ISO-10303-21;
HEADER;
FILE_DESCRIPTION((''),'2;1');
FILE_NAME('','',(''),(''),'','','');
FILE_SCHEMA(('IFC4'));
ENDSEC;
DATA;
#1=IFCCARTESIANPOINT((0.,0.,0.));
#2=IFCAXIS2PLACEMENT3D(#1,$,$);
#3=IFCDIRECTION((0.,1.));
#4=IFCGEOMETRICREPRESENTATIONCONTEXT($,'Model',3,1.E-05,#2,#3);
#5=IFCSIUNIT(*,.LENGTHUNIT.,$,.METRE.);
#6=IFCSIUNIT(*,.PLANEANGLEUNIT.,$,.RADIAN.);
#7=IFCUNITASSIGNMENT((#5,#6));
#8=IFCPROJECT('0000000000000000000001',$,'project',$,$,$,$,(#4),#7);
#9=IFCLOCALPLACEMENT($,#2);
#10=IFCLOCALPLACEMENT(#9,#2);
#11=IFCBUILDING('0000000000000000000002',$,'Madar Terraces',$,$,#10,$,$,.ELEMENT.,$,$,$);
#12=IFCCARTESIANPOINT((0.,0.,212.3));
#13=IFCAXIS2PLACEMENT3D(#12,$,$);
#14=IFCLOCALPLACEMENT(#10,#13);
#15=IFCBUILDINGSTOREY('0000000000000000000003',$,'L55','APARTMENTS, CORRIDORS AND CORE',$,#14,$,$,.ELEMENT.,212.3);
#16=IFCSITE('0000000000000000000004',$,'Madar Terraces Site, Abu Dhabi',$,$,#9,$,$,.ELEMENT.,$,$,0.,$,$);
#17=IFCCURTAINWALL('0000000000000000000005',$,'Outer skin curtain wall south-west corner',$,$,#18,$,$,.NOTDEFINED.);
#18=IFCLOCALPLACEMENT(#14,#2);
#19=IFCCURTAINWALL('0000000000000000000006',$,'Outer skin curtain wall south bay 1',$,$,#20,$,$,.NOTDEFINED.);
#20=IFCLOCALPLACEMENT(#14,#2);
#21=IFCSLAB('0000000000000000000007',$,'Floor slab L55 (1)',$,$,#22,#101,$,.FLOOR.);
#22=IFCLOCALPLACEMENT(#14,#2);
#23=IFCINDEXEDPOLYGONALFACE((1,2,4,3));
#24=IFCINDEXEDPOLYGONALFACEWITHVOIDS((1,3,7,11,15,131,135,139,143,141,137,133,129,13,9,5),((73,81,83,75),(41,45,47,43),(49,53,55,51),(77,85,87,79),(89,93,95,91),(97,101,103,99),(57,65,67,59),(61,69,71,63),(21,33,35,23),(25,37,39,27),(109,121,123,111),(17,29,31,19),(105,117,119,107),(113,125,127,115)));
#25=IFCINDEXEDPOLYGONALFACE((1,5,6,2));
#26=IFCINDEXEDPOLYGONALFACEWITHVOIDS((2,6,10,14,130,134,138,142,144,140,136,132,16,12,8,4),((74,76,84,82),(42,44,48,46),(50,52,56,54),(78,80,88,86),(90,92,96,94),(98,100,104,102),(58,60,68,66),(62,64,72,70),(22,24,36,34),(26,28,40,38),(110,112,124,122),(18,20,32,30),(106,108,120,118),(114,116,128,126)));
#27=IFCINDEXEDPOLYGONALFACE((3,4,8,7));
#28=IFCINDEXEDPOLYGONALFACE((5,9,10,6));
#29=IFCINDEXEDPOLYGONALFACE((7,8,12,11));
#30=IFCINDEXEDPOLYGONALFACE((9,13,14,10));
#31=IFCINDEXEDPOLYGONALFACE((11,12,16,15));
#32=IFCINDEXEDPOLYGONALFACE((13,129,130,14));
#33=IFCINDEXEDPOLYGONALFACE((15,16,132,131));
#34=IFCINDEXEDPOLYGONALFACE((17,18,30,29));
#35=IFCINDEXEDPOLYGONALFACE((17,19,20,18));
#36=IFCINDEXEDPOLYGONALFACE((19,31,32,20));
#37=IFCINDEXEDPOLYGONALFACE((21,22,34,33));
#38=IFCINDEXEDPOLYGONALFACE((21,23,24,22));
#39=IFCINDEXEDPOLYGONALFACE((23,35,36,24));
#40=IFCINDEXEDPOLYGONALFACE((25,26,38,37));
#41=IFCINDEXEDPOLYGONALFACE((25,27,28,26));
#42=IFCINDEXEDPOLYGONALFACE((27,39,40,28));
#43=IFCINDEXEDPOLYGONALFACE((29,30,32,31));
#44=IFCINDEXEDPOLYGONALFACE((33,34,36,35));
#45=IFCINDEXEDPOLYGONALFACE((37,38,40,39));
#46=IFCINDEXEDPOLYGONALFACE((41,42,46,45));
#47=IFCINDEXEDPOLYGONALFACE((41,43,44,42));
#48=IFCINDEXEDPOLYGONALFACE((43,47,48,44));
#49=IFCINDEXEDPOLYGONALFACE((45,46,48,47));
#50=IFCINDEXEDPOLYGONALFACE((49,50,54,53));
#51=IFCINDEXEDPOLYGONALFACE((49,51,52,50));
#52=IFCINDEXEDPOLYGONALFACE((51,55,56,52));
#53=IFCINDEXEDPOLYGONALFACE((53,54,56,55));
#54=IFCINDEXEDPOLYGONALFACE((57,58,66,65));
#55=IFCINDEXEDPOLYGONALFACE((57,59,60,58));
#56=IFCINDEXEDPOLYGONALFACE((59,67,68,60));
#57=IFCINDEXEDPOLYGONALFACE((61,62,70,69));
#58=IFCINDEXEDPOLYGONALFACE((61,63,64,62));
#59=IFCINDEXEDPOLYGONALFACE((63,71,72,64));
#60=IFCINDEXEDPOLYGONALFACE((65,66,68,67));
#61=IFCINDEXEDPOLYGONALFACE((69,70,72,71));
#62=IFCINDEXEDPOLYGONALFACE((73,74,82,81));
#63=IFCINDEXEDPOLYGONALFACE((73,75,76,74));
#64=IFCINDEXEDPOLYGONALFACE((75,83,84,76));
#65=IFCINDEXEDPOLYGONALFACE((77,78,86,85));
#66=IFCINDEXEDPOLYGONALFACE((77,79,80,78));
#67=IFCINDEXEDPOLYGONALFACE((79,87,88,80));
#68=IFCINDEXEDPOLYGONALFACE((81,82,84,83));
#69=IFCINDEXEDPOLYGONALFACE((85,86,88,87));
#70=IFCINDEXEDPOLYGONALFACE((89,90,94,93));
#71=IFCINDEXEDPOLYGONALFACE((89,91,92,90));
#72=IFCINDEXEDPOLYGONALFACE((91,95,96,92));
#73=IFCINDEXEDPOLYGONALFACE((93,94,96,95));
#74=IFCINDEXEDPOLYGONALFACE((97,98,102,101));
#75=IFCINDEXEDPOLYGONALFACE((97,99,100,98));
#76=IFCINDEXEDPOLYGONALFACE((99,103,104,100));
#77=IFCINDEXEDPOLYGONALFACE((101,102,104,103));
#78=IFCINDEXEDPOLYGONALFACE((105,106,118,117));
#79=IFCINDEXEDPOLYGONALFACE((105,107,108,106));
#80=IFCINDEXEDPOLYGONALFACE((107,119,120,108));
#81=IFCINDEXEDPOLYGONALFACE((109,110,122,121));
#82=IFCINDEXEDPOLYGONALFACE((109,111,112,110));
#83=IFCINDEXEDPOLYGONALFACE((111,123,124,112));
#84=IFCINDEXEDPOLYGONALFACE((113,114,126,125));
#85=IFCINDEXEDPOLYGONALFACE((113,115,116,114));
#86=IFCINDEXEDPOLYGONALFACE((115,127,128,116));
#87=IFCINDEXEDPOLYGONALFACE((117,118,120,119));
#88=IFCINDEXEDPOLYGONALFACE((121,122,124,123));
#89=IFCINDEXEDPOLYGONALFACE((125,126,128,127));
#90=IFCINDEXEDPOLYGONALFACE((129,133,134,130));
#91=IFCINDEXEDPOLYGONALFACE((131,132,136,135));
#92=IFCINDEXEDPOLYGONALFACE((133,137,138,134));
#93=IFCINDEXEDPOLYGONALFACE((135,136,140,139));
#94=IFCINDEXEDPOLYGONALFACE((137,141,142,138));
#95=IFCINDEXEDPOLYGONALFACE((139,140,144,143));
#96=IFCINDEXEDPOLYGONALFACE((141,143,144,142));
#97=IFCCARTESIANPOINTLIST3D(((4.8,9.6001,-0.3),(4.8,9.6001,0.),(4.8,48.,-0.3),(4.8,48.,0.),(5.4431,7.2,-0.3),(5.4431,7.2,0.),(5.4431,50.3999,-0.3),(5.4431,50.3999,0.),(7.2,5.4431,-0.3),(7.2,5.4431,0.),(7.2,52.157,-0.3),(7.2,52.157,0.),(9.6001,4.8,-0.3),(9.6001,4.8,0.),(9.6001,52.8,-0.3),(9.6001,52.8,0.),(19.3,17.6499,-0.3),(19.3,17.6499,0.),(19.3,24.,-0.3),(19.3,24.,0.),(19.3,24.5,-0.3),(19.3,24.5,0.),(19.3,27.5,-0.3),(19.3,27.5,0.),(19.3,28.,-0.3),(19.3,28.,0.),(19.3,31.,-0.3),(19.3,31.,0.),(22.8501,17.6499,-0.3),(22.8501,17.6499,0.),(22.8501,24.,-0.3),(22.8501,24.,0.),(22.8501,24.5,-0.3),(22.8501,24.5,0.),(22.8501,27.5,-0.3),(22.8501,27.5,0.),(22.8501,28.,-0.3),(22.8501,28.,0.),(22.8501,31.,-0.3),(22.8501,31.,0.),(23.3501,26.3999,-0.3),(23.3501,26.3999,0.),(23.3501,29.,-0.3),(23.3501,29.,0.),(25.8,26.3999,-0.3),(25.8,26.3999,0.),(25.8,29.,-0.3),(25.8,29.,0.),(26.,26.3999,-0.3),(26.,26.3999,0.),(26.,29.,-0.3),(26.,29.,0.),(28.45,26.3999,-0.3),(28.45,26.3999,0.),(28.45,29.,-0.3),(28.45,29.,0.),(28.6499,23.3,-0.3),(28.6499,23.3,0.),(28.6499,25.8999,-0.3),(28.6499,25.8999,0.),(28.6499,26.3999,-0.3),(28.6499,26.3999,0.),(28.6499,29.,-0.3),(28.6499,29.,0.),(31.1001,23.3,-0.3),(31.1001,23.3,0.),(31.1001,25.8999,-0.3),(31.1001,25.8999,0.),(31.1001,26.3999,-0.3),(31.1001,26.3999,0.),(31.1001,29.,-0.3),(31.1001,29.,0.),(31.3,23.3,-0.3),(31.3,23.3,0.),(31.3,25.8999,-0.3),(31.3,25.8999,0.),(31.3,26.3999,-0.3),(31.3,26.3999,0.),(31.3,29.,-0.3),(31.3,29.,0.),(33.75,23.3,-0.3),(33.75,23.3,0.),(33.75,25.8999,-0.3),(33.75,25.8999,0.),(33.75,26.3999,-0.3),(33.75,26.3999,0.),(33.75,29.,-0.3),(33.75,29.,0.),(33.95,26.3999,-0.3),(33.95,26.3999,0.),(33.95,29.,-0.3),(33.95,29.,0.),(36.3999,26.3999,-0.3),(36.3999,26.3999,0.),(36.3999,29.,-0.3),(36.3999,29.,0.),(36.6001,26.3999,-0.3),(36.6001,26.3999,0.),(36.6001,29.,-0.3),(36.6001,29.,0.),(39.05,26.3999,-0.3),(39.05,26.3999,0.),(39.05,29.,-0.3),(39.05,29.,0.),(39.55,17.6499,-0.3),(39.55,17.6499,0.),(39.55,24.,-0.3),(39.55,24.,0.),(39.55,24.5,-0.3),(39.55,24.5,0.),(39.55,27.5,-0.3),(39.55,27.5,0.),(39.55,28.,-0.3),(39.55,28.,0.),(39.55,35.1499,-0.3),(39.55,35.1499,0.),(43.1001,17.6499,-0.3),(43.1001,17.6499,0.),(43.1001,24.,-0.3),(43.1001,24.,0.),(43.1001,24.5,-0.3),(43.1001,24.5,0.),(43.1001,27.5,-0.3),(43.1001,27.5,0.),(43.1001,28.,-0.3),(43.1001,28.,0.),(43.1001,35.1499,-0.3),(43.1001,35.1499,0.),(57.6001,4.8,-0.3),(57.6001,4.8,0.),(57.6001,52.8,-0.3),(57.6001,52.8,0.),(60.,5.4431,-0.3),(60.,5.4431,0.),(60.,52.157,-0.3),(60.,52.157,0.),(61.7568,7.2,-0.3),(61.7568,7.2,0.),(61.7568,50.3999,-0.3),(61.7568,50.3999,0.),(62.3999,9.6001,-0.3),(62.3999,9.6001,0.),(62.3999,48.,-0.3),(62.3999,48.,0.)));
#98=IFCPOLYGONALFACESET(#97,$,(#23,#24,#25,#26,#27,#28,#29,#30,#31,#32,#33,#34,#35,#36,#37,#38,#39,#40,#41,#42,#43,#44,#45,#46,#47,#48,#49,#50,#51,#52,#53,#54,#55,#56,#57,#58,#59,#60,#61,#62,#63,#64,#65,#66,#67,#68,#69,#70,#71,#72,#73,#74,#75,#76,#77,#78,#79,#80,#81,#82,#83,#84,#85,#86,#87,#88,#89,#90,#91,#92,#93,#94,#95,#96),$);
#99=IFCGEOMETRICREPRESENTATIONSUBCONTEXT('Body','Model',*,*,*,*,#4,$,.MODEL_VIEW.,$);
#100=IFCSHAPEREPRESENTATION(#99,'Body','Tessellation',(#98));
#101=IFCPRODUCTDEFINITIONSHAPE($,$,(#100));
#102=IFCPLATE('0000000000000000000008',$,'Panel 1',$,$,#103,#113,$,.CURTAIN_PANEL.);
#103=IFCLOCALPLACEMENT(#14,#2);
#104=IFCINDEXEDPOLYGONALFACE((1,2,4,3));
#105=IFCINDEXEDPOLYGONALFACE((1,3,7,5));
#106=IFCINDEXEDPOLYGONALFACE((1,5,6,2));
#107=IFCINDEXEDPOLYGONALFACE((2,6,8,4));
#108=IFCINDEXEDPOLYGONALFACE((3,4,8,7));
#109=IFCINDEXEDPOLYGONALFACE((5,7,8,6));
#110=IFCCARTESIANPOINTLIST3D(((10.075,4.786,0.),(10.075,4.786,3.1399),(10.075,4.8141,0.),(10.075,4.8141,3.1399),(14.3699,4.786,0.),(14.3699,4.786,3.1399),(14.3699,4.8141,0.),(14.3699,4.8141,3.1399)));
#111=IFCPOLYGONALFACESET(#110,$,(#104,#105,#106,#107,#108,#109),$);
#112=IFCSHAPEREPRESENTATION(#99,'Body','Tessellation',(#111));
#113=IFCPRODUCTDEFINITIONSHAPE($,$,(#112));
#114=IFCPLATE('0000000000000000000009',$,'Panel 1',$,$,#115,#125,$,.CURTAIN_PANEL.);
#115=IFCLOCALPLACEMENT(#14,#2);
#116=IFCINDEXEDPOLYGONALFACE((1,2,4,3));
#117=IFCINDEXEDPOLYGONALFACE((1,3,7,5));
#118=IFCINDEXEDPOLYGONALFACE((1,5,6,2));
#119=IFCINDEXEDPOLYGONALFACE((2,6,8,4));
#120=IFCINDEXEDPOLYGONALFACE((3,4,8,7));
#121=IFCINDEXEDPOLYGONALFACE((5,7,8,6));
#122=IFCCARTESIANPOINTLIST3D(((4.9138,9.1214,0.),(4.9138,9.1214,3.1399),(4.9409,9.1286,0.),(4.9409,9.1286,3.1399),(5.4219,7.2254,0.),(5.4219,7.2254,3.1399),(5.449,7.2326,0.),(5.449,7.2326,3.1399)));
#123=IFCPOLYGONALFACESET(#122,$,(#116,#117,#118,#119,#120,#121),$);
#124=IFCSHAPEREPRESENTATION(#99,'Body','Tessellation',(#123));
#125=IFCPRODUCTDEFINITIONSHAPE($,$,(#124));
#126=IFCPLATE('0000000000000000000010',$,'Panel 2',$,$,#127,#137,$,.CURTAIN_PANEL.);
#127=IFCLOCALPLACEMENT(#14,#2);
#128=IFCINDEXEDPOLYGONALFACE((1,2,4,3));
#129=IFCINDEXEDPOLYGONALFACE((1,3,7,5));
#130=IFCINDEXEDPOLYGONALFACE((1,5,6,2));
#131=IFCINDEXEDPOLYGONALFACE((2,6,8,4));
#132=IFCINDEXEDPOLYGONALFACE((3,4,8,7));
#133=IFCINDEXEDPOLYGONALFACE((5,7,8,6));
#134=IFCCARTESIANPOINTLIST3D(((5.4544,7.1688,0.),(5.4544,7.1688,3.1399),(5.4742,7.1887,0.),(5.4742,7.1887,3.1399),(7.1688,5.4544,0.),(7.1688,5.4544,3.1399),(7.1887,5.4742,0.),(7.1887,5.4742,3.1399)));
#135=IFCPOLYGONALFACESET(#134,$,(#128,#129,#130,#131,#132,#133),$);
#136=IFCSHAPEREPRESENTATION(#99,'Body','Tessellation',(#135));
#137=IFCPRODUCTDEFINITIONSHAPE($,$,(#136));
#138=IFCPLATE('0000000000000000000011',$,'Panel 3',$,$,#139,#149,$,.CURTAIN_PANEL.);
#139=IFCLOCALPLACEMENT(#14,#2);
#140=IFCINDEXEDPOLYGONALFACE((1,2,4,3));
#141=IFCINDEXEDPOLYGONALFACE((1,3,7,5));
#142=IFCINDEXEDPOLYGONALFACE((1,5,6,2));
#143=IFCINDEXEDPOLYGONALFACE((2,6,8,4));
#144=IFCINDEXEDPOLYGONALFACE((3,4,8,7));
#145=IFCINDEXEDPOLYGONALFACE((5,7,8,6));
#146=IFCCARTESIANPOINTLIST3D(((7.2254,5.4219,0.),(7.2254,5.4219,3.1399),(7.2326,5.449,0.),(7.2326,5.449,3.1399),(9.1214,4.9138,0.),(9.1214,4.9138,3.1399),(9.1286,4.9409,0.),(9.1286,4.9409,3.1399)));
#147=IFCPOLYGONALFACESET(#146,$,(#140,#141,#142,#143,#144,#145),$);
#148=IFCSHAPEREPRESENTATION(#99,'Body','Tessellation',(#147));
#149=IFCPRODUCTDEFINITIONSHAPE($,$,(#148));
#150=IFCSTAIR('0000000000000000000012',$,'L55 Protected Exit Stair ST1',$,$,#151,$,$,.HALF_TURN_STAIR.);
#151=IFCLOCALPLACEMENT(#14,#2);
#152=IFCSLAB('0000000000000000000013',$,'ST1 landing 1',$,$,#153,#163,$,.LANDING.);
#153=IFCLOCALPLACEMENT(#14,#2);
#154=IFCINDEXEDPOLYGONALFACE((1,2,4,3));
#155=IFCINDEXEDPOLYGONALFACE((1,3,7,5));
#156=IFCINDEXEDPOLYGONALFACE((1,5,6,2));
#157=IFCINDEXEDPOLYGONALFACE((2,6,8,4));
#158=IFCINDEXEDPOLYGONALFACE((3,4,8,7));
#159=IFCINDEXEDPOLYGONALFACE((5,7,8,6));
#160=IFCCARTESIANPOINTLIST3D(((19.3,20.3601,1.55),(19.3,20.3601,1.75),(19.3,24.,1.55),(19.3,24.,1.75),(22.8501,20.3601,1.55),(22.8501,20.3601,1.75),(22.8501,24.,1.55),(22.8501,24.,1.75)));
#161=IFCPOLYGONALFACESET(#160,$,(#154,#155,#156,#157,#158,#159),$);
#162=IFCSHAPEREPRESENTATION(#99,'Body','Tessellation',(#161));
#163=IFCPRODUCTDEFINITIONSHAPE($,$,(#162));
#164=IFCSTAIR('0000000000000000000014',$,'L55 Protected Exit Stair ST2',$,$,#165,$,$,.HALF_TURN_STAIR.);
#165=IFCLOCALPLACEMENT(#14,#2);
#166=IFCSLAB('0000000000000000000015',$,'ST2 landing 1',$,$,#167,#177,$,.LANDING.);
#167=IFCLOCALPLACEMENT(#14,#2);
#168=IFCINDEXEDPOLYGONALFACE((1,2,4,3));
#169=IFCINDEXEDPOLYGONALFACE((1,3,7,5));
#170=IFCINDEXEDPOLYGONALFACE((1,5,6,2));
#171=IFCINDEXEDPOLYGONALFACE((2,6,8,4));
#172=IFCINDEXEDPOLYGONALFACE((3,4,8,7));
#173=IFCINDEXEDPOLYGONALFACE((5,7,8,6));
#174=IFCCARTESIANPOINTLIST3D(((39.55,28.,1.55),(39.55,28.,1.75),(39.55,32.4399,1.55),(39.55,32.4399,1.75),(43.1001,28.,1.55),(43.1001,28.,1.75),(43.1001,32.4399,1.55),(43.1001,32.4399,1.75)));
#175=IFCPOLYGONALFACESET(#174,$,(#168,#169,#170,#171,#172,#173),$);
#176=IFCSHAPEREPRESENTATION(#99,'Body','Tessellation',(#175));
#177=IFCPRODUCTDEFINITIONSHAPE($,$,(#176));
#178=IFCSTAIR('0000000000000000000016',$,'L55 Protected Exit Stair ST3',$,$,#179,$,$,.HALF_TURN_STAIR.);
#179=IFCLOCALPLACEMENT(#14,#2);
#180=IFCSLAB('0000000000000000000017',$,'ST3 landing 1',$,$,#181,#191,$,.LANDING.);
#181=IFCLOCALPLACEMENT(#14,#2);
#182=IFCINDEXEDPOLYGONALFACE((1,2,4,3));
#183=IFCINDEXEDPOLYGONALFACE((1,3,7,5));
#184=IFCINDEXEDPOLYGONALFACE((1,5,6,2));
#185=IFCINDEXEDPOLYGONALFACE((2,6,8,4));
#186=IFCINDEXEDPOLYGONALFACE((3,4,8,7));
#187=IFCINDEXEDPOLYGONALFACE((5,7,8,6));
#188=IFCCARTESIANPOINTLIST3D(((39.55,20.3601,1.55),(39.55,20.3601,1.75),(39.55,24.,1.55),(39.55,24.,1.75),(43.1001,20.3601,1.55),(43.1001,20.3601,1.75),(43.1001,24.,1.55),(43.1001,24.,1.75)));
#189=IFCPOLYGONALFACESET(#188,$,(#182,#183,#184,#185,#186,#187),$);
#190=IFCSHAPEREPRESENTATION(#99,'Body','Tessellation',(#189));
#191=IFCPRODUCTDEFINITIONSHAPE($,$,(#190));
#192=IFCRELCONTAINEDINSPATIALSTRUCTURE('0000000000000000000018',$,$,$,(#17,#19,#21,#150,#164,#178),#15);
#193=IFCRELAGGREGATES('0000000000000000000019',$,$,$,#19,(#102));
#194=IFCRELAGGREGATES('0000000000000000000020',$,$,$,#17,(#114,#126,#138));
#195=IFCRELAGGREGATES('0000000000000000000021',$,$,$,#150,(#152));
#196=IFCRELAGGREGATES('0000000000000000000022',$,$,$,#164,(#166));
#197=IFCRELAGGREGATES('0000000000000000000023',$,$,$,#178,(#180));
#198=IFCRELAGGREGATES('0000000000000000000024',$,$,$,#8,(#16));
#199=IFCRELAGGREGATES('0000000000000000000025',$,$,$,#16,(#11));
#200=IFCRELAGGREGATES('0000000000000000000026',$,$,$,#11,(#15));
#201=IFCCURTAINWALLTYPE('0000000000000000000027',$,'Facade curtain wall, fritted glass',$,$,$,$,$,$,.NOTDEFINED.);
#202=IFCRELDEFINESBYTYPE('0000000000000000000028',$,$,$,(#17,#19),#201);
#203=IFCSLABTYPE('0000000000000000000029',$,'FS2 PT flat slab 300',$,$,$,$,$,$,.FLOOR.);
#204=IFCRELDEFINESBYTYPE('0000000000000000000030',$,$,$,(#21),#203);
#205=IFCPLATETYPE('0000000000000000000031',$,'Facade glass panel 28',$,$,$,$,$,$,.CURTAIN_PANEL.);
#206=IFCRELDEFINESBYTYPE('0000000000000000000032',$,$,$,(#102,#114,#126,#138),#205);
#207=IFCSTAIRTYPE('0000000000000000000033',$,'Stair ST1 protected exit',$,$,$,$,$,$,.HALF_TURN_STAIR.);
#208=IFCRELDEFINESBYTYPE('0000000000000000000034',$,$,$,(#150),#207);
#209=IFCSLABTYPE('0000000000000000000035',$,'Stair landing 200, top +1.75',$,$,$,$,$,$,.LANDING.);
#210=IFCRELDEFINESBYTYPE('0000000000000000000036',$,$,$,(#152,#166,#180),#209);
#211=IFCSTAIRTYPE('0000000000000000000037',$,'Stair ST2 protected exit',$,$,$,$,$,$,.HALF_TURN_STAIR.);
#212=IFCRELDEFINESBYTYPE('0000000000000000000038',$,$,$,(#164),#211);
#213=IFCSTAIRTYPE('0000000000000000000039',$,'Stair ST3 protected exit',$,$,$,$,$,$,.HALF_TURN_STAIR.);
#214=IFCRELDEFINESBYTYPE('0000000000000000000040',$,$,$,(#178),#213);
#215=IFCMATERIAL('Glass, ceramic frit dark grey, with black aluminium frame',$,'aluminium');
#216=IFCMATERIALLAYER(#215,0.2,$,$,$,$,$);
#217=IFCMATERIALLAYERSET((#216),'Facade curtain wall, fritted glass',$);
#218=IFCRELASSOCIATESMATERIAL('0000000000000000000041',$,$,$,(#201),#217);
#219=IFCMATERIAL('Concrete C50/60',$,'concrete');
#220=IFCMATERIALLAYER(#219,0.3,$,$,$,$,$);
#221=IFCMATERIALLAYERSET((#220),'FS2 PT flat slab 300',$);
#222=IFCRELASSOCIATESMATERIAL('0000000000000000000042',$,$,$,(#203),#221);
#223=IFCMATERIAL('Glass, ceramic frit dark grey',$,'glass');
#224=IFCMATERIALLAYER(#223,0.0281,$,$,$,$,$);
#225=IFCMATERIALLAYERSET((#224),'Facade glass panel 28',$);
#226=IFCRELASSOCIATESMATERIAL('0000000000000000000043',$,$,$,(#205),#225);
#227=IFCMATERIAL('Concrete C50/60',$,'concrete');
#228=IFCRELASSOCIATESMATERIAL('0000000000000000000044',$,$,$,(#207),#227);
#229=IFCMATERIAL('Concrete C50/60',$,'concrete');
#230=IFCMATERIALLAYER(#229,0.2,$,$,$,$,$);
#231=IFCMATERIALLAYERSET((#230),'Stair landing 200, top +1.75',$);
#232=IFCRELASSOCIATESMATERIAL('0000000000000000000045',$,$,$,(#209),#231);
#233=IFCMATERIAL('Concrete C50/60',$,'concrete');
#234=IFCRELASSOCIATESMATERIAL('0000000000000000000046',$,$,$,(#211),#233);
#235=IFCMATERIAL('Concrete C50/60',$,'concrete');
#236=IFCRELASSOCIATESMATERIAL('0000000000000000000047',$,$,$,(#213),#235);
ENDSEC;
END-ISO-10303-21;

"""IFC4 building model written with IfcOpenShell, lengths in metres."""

from ifc_helpers import new_model, si_unit, direction, frame, origin, origin_2d, place, context, subcontext, project, spatial, polyline, rectangle, outline, extrude, material, layer, layer_set, type_object, element, aggregate, save


model = new_model("IFC4")

# Units and contexts
model_context = context("Model", 3, precision=1e-05, world=origin(), true_north=direction((0.0, 1.0)))
body_context = subcontext(model_context, "Body", "Model", "MODEL_VIEW")
ifc_project = project(units=[si_unit("LENGTHUNIT", "METRE"), si_unit("PLANEANGLEUNIT", "RADIAN")], contexts=[model_context])

# Site, building, storey
site_placement = place(None, origin())
site = spatial("IfcSite", under=ifc_project, at=site_placement, Name="Madar Terraces Site, Abu Dhabi", CompositionType="ELEMENT", RefElevation=0.0)
building_placement = place(site_placement, origin())
building = spatial("IfcBuilding", under=site, at=building_placement, Name="Madar Terraces", CompositionType="ELEMENT")
storey_placement = place(building_placement, frame((0.0, 0.0, 212.3)))
storey = spatial("IfcBuildingStorey", under=building, at=storey_placement, Name="L55", Description="APARTMENTS, CORRIDORS AND CORE", CompositionType="ELEMENT", Elevation=212.3)

# Curtain wall
ifc_material_1 = material(Name="Glass, ceramic frit dark grey, with black aluminium frame", Category="aluminium")
ifc_layer_1 = layer(ifc_material_1, 0.2)
ifc_layer_set_1 = layer_set([ifc_layer_1], Name="Facade curtain wall, fritted glass")
curtain_wall_type = type_object("IfcCurtainWallType", Name="Facade curtain wall, fritted glass", PredefinedType="NOTDEFINED", material=ifc_layer_set_1)
curtain_wall_1_placement = place(storey_placement, origin())
curtain_wall_1 = element("IfcCurtainWall", 1, at=curtain_wall_1_placement, inside=storey, type_object=curtain_wall_type, Name="Outer skin curtain wall south-west corner", PredefinedType="NOTDEFINED")

# Curtain wall
curtain_wall_2_placement = place(storey_placement, origin())
curtain_wall_2 = element("IfcCurtainWall", 2, at=curtain_wall_2_placement, inside=storey, type_object=curtain_wall_type, Name="Outer skin curtain wall south bay 1", PredefinedType="NOTDEFINED")

# Slab
ifc_material_2 = material(Name="Concrete C50/60", Category="concrete")
ifc_layer_2 = layer(ifc_material_2, 0.3)
ifc_layer_set_2 = layer_set([ifc_layer_2], Name="FS2 PT flat slab 300")
slab_type_1 = type_object("IfcSlabType", Name="FS2 PT flat slab 300", PredefinedType="FLOOR", material=ifc_layer_set_2)
slab_1_placement = place(storey_placement, frame((0.0, 0.0, -0.3)))
element("IfcSlab", 3, at=slab_1_placement, inside=storey, type_object=slab_type_1, Name="Floor slab L55 (1)", PredefinedType="FLOOR", context=body_context, shape_type="SweptSolid", body=[
    extrude(outline(polyline([(57.6001, 4.8), (60.0, 5.4431), (61.7568, 7.2), (62.3999, 9.6001), (62.3999, 48.0), (61.7568, 50.3999), (60.0, 52.157), (57.6001, 52.8), (9.6001, 52.8), (7.2, 52.157), (5.4431, 50.3999), (4.8, 48.0), (4.8, 9.6001), (5.4431, 7.2), (7.2, 5.4431), (9.6001, 4.8), (57.6001, 4.8)]), holes=[polyline([(22.8501, 17.6499), (19.3, 17.6499), (19.3, 24.0), (22.8501, 24.0), (22.8501, 17.6499)]), polyline([(28.6499, 23.3), (28.6499, 25.8999), (31.1001, 25.8999), (31.1001, 23.3), (28.6499, 23.3)]), polyline([(19.3, 24.5), (19.3, 27.5), (22.8501, 27.5), (22.8501, 24.5), (19.3, 24.5)]), polyline([(23.3501, 26.3999), (23.3501, 29.0), (25.8, 29.0), (25.8, 26.3999), (23.3501, 26.3999)]), polyline([(26.0, 26.3999), (26.0, 29.0), (28.45, 29.0), (28.45, 26.3999), (26.0, 26.3999)]), polyline([(28.6499, 26.3999), (28.6499, 29.0), (31.1001, 29.0), (31.1001, 26.3999), (28.6499, 26.3999)]), polyline([(19.3, 28.0), (19.3, 31.0), (22.8501, 31.0), (22.8501, 28.0), (19.3, 28.0)]), polyline([(43.1001, 17.6499), (39.55, 17.6499), (39.55, 24.0), (43.1001, 24.0), (43.1001, 17.6499)]), polyline([(31.3, 23.3), (31.3, 25.8999), (33.75, 25.8999), (33.75, 23.3), (31.3, 23.3)]), polyline([(39.55, 24.5), (39.55, 27.5), (43.1001, 27.5), (43.1001, 24.5), (39.55, 24.5)]), polyline([(31.3, 26.3999), (31.3, 29.0), (33.75, 29.0), (33.75, 26.3999), (31.3, 26.3999)]), polyline([(33.95, 26.3999), (33.95, 29.0), (36.3999, 29.0), (36.3999, 26.3999), (33.95, 26.3999)]), polyline([(36.6001, 26.3999), (36.6001, 29.0), (39.05, 29.0), (39.05, 26.3999), (36.6001, 26.3999)]), polyline([(39.55, 28.0), (39.55, 35.1499), (43.1001, 35.1499), (43.1001, 28.0), (39.55, 28.0)])]), origin(), (0.0, 0.0, 1.0), 0.3),
])

# Plates
ifc_material_3 = material(Name="Glass, ceramic frit dark grey", Category="glass")
ifc_layer_3 = layer(ifc_material_3, 0.0281)
ifc_layer_set_3 = layer_set([ifc_layer_3], Name="Facade glass panel 28")
plate_type = type_object("IfcPlateType", Name="Facade glass panel 28", PredefinedType="CURTAIN_PANEL", material=ifc_layer_set_3)
plate_1_placement = place(storey_placement, frame((12.2224, 4.8, 0.0), z_axis=(0.0, 0.0, 1.0), x_axis=(1.0, 0.0, 0.0)))
plate_1 = element("IfcPlate", 4, at=plate_1_placement, type_object=plate_type, Name="Panel 1", PredefinedType="CURTAIN_PANEL", context=body_context, shape_type="SweptSolid", body=[
    extrude(rectangle(XDim=4.2949, YDim=0.0281, at=origin_2d()), origin(), (0.0, 0.0, 1.0), 3.1399),
])
aggregate(curtain_wall_2, [plate_1])
plate_2_placement = place(storey_placement, frame((5.1814, 8.177, 0.0), z_axis=(0.0, 0.0, 1.0), x_axis=(0.258819, -0.965926, 0.0)))
plate_2 = element("IfcPlate", 5, at=plate_2_placement, type_object=plate_type, Name="Panel 1", PredefinedType="CURTAIN_PANEL", context=body_context, shape_type="SweptSolid", body=[
    extrude(rectangle(XDim=1.9629, YDim=0.0281, at=origin_2d()), origin(), (0.0, 0.0, 1.0), 3.1399),
])
plate_3_placement = place(storey_placement, frame((6.3215, 6.3215, 0.0), z_axis=(0.0, 0.0, 1.0), x_axis=(0.707107, -0.707107, 0.0)))
plate_3 = element("IfcPlate", 6, at=plate_3_placement, type_object=plate_type, Name="Panel 2", PredefinedType="CURTAIN_PANEL", context=body_context, shape_type="SweptSolid", body=[
    extrude(rectangle(XDim=2.4246, YDim=0.0281, at=origin_2d()), origin(), (0.0, 0.0, 1.0), 3.1399),
])
plate_4_placement = place(storey_placement, frame((8.177, 5.1814, 0.0), z_axis=(0.0, 0.0, 1.0), x_axis=(0.965926, -0.258819, 0.0)))
plate_4 = element("IfcPlate", 7, at=plate_4_placement, type_object=plate_type, Name="Panel 3", PredefinedType="CURTAIN_PANEL", context=body_context, shape_type="SweptSolid", body=[
    extrude(rectangle(XDim=1.9629, YDim=0.0281, at=origin_2d()), origin(), (0.0, 0.0, 1.0), 3.1399),
])
aggregate(curtain_wall_1, [plate_2, plate_3, plate_4])

# Stairs, slabs
ifc_material_4 = material(Name="Concrete C50/60", Category="concrete")
stair_type_1 = type_object("IfcStairType", Name="Stair ST1 protected exit", PredefinedType="HALF_TURN_STAIR", material=ifc_material_4)
stair_1_placement = place(storey_placement, origin())
stair_1 = element("IfcStair", 8, at=stair_1_placement, inside=storey, type_object=stair_type_1, Name="L55 Protected Exit Stair ST1", PredefinedType="HALF_TURN_STAIR")
ifc_material_5 = material(Name="Concrete C50/60", Category="concrete")
ifc_layer_4 = layer(ifc_material_5, 0.2)
ifc_layer_set_4 = layer_set([ifc_layer_4], Name="Stair landing 200, top +1.75")
slab_type_2 = type_object("IfcSlabType", Name="Stair landing 200, top +1.75", PredefinedType="LANDING", material=ifc_layer_set_4)
slab_2_placement = place(storey_placement, frame((0.0, 0.0, 1.55)))
slab_2 = element("IfcSlab", 9, at=slab_2_placement, type_object=slab_type_2, Name="ST1 landing 1", PredefinedType="LANDING", context=body_context, shape_type="SweptSolid", body=[
    extrude(outline(polyline([(19.3, 20.3601), (22.8501, 20.3601), (22.8501, 24.0), (19.3, 24.0), (19.3, 20.3601)])), origin(), (0.0, 0.0, 1.0), 0.2),
])
aggregate(stair_1, [slab_2])
ifc_material_6 = material(Name="Concrete C50/60", Category="concrete")
stair_type_2 = type_object("IfcStairType", Name="Stair ST2 protected exit", PredefinedType="HALF_TURN_STAIR", material=ifc_material_6)
stair_2_placement = place(storey_placement, origin())
stair_2 = element("IfcStair", 10, at=stair_2_placement, inside=storey, type_object=stair_type_2, Name="L55 Protected Exit Stair ST2", PredefinedType="HALF_TURN_STAIR")
slab_3_placement = place(storey_placement, frame((0.0, 0.0, 1.55)))
slab_3 = element("IfcSlab", 11, at=slab_3_placement, type_object=slab_type_2, Name="ST2 landing 1", PredefinedType="LANDING", context=body_context, shape_type="SweptSolid", body=[
    extrude(outline(polyline([(39.55, 28.0), (43.1001, 28.0), (43.1001, 32.4399), (39.55, 32.4399), (39.55, 28.0)])), origin(), (0.0, 0.0, 1.0), 0.2),
])
aggregate(stair_2, [slab_3])
ifc_material_7 = material(Name="Concrete C50/60", Category="concrete")
stair_type_3 = type_object("IfcStairType", Name="Stair ST3 protected exit", PredefinedType="HALF_TURN_STAIR", material=ifc_material_7)
stair_3_placement = place(storey_placement, origin())
stair_3 = element("IfcStair", 12, at=stair_3_placement, inside=storey, type_object=stair_type_3, Name="L55 Protected Exit Stair ST3", PredefinedType="HALF_TURN_STAIR")
slab_4_placement = place(storey_placement, frame((0.0, 0.0, 1.55)))
slab_4 = element("IfcSlab", 13, at=slab_4_placement, type_object=slab_type_2, Name="ST3 landing 1", PredefinedType="LANDING", context=body_context, shape_type="SweptSolid", body=[
    extrude(outline(polyline([(39.55, 20.3601), (43.1001, 20.3601), (43.1001, 24.0), (39.55, 24.0), (39.55, 20.3601)])), origin(), (0.0, 0.0, 1.0), 0.2),
])
aggregate(stair_3, [slab_4])

save(model, "model.ifc")
